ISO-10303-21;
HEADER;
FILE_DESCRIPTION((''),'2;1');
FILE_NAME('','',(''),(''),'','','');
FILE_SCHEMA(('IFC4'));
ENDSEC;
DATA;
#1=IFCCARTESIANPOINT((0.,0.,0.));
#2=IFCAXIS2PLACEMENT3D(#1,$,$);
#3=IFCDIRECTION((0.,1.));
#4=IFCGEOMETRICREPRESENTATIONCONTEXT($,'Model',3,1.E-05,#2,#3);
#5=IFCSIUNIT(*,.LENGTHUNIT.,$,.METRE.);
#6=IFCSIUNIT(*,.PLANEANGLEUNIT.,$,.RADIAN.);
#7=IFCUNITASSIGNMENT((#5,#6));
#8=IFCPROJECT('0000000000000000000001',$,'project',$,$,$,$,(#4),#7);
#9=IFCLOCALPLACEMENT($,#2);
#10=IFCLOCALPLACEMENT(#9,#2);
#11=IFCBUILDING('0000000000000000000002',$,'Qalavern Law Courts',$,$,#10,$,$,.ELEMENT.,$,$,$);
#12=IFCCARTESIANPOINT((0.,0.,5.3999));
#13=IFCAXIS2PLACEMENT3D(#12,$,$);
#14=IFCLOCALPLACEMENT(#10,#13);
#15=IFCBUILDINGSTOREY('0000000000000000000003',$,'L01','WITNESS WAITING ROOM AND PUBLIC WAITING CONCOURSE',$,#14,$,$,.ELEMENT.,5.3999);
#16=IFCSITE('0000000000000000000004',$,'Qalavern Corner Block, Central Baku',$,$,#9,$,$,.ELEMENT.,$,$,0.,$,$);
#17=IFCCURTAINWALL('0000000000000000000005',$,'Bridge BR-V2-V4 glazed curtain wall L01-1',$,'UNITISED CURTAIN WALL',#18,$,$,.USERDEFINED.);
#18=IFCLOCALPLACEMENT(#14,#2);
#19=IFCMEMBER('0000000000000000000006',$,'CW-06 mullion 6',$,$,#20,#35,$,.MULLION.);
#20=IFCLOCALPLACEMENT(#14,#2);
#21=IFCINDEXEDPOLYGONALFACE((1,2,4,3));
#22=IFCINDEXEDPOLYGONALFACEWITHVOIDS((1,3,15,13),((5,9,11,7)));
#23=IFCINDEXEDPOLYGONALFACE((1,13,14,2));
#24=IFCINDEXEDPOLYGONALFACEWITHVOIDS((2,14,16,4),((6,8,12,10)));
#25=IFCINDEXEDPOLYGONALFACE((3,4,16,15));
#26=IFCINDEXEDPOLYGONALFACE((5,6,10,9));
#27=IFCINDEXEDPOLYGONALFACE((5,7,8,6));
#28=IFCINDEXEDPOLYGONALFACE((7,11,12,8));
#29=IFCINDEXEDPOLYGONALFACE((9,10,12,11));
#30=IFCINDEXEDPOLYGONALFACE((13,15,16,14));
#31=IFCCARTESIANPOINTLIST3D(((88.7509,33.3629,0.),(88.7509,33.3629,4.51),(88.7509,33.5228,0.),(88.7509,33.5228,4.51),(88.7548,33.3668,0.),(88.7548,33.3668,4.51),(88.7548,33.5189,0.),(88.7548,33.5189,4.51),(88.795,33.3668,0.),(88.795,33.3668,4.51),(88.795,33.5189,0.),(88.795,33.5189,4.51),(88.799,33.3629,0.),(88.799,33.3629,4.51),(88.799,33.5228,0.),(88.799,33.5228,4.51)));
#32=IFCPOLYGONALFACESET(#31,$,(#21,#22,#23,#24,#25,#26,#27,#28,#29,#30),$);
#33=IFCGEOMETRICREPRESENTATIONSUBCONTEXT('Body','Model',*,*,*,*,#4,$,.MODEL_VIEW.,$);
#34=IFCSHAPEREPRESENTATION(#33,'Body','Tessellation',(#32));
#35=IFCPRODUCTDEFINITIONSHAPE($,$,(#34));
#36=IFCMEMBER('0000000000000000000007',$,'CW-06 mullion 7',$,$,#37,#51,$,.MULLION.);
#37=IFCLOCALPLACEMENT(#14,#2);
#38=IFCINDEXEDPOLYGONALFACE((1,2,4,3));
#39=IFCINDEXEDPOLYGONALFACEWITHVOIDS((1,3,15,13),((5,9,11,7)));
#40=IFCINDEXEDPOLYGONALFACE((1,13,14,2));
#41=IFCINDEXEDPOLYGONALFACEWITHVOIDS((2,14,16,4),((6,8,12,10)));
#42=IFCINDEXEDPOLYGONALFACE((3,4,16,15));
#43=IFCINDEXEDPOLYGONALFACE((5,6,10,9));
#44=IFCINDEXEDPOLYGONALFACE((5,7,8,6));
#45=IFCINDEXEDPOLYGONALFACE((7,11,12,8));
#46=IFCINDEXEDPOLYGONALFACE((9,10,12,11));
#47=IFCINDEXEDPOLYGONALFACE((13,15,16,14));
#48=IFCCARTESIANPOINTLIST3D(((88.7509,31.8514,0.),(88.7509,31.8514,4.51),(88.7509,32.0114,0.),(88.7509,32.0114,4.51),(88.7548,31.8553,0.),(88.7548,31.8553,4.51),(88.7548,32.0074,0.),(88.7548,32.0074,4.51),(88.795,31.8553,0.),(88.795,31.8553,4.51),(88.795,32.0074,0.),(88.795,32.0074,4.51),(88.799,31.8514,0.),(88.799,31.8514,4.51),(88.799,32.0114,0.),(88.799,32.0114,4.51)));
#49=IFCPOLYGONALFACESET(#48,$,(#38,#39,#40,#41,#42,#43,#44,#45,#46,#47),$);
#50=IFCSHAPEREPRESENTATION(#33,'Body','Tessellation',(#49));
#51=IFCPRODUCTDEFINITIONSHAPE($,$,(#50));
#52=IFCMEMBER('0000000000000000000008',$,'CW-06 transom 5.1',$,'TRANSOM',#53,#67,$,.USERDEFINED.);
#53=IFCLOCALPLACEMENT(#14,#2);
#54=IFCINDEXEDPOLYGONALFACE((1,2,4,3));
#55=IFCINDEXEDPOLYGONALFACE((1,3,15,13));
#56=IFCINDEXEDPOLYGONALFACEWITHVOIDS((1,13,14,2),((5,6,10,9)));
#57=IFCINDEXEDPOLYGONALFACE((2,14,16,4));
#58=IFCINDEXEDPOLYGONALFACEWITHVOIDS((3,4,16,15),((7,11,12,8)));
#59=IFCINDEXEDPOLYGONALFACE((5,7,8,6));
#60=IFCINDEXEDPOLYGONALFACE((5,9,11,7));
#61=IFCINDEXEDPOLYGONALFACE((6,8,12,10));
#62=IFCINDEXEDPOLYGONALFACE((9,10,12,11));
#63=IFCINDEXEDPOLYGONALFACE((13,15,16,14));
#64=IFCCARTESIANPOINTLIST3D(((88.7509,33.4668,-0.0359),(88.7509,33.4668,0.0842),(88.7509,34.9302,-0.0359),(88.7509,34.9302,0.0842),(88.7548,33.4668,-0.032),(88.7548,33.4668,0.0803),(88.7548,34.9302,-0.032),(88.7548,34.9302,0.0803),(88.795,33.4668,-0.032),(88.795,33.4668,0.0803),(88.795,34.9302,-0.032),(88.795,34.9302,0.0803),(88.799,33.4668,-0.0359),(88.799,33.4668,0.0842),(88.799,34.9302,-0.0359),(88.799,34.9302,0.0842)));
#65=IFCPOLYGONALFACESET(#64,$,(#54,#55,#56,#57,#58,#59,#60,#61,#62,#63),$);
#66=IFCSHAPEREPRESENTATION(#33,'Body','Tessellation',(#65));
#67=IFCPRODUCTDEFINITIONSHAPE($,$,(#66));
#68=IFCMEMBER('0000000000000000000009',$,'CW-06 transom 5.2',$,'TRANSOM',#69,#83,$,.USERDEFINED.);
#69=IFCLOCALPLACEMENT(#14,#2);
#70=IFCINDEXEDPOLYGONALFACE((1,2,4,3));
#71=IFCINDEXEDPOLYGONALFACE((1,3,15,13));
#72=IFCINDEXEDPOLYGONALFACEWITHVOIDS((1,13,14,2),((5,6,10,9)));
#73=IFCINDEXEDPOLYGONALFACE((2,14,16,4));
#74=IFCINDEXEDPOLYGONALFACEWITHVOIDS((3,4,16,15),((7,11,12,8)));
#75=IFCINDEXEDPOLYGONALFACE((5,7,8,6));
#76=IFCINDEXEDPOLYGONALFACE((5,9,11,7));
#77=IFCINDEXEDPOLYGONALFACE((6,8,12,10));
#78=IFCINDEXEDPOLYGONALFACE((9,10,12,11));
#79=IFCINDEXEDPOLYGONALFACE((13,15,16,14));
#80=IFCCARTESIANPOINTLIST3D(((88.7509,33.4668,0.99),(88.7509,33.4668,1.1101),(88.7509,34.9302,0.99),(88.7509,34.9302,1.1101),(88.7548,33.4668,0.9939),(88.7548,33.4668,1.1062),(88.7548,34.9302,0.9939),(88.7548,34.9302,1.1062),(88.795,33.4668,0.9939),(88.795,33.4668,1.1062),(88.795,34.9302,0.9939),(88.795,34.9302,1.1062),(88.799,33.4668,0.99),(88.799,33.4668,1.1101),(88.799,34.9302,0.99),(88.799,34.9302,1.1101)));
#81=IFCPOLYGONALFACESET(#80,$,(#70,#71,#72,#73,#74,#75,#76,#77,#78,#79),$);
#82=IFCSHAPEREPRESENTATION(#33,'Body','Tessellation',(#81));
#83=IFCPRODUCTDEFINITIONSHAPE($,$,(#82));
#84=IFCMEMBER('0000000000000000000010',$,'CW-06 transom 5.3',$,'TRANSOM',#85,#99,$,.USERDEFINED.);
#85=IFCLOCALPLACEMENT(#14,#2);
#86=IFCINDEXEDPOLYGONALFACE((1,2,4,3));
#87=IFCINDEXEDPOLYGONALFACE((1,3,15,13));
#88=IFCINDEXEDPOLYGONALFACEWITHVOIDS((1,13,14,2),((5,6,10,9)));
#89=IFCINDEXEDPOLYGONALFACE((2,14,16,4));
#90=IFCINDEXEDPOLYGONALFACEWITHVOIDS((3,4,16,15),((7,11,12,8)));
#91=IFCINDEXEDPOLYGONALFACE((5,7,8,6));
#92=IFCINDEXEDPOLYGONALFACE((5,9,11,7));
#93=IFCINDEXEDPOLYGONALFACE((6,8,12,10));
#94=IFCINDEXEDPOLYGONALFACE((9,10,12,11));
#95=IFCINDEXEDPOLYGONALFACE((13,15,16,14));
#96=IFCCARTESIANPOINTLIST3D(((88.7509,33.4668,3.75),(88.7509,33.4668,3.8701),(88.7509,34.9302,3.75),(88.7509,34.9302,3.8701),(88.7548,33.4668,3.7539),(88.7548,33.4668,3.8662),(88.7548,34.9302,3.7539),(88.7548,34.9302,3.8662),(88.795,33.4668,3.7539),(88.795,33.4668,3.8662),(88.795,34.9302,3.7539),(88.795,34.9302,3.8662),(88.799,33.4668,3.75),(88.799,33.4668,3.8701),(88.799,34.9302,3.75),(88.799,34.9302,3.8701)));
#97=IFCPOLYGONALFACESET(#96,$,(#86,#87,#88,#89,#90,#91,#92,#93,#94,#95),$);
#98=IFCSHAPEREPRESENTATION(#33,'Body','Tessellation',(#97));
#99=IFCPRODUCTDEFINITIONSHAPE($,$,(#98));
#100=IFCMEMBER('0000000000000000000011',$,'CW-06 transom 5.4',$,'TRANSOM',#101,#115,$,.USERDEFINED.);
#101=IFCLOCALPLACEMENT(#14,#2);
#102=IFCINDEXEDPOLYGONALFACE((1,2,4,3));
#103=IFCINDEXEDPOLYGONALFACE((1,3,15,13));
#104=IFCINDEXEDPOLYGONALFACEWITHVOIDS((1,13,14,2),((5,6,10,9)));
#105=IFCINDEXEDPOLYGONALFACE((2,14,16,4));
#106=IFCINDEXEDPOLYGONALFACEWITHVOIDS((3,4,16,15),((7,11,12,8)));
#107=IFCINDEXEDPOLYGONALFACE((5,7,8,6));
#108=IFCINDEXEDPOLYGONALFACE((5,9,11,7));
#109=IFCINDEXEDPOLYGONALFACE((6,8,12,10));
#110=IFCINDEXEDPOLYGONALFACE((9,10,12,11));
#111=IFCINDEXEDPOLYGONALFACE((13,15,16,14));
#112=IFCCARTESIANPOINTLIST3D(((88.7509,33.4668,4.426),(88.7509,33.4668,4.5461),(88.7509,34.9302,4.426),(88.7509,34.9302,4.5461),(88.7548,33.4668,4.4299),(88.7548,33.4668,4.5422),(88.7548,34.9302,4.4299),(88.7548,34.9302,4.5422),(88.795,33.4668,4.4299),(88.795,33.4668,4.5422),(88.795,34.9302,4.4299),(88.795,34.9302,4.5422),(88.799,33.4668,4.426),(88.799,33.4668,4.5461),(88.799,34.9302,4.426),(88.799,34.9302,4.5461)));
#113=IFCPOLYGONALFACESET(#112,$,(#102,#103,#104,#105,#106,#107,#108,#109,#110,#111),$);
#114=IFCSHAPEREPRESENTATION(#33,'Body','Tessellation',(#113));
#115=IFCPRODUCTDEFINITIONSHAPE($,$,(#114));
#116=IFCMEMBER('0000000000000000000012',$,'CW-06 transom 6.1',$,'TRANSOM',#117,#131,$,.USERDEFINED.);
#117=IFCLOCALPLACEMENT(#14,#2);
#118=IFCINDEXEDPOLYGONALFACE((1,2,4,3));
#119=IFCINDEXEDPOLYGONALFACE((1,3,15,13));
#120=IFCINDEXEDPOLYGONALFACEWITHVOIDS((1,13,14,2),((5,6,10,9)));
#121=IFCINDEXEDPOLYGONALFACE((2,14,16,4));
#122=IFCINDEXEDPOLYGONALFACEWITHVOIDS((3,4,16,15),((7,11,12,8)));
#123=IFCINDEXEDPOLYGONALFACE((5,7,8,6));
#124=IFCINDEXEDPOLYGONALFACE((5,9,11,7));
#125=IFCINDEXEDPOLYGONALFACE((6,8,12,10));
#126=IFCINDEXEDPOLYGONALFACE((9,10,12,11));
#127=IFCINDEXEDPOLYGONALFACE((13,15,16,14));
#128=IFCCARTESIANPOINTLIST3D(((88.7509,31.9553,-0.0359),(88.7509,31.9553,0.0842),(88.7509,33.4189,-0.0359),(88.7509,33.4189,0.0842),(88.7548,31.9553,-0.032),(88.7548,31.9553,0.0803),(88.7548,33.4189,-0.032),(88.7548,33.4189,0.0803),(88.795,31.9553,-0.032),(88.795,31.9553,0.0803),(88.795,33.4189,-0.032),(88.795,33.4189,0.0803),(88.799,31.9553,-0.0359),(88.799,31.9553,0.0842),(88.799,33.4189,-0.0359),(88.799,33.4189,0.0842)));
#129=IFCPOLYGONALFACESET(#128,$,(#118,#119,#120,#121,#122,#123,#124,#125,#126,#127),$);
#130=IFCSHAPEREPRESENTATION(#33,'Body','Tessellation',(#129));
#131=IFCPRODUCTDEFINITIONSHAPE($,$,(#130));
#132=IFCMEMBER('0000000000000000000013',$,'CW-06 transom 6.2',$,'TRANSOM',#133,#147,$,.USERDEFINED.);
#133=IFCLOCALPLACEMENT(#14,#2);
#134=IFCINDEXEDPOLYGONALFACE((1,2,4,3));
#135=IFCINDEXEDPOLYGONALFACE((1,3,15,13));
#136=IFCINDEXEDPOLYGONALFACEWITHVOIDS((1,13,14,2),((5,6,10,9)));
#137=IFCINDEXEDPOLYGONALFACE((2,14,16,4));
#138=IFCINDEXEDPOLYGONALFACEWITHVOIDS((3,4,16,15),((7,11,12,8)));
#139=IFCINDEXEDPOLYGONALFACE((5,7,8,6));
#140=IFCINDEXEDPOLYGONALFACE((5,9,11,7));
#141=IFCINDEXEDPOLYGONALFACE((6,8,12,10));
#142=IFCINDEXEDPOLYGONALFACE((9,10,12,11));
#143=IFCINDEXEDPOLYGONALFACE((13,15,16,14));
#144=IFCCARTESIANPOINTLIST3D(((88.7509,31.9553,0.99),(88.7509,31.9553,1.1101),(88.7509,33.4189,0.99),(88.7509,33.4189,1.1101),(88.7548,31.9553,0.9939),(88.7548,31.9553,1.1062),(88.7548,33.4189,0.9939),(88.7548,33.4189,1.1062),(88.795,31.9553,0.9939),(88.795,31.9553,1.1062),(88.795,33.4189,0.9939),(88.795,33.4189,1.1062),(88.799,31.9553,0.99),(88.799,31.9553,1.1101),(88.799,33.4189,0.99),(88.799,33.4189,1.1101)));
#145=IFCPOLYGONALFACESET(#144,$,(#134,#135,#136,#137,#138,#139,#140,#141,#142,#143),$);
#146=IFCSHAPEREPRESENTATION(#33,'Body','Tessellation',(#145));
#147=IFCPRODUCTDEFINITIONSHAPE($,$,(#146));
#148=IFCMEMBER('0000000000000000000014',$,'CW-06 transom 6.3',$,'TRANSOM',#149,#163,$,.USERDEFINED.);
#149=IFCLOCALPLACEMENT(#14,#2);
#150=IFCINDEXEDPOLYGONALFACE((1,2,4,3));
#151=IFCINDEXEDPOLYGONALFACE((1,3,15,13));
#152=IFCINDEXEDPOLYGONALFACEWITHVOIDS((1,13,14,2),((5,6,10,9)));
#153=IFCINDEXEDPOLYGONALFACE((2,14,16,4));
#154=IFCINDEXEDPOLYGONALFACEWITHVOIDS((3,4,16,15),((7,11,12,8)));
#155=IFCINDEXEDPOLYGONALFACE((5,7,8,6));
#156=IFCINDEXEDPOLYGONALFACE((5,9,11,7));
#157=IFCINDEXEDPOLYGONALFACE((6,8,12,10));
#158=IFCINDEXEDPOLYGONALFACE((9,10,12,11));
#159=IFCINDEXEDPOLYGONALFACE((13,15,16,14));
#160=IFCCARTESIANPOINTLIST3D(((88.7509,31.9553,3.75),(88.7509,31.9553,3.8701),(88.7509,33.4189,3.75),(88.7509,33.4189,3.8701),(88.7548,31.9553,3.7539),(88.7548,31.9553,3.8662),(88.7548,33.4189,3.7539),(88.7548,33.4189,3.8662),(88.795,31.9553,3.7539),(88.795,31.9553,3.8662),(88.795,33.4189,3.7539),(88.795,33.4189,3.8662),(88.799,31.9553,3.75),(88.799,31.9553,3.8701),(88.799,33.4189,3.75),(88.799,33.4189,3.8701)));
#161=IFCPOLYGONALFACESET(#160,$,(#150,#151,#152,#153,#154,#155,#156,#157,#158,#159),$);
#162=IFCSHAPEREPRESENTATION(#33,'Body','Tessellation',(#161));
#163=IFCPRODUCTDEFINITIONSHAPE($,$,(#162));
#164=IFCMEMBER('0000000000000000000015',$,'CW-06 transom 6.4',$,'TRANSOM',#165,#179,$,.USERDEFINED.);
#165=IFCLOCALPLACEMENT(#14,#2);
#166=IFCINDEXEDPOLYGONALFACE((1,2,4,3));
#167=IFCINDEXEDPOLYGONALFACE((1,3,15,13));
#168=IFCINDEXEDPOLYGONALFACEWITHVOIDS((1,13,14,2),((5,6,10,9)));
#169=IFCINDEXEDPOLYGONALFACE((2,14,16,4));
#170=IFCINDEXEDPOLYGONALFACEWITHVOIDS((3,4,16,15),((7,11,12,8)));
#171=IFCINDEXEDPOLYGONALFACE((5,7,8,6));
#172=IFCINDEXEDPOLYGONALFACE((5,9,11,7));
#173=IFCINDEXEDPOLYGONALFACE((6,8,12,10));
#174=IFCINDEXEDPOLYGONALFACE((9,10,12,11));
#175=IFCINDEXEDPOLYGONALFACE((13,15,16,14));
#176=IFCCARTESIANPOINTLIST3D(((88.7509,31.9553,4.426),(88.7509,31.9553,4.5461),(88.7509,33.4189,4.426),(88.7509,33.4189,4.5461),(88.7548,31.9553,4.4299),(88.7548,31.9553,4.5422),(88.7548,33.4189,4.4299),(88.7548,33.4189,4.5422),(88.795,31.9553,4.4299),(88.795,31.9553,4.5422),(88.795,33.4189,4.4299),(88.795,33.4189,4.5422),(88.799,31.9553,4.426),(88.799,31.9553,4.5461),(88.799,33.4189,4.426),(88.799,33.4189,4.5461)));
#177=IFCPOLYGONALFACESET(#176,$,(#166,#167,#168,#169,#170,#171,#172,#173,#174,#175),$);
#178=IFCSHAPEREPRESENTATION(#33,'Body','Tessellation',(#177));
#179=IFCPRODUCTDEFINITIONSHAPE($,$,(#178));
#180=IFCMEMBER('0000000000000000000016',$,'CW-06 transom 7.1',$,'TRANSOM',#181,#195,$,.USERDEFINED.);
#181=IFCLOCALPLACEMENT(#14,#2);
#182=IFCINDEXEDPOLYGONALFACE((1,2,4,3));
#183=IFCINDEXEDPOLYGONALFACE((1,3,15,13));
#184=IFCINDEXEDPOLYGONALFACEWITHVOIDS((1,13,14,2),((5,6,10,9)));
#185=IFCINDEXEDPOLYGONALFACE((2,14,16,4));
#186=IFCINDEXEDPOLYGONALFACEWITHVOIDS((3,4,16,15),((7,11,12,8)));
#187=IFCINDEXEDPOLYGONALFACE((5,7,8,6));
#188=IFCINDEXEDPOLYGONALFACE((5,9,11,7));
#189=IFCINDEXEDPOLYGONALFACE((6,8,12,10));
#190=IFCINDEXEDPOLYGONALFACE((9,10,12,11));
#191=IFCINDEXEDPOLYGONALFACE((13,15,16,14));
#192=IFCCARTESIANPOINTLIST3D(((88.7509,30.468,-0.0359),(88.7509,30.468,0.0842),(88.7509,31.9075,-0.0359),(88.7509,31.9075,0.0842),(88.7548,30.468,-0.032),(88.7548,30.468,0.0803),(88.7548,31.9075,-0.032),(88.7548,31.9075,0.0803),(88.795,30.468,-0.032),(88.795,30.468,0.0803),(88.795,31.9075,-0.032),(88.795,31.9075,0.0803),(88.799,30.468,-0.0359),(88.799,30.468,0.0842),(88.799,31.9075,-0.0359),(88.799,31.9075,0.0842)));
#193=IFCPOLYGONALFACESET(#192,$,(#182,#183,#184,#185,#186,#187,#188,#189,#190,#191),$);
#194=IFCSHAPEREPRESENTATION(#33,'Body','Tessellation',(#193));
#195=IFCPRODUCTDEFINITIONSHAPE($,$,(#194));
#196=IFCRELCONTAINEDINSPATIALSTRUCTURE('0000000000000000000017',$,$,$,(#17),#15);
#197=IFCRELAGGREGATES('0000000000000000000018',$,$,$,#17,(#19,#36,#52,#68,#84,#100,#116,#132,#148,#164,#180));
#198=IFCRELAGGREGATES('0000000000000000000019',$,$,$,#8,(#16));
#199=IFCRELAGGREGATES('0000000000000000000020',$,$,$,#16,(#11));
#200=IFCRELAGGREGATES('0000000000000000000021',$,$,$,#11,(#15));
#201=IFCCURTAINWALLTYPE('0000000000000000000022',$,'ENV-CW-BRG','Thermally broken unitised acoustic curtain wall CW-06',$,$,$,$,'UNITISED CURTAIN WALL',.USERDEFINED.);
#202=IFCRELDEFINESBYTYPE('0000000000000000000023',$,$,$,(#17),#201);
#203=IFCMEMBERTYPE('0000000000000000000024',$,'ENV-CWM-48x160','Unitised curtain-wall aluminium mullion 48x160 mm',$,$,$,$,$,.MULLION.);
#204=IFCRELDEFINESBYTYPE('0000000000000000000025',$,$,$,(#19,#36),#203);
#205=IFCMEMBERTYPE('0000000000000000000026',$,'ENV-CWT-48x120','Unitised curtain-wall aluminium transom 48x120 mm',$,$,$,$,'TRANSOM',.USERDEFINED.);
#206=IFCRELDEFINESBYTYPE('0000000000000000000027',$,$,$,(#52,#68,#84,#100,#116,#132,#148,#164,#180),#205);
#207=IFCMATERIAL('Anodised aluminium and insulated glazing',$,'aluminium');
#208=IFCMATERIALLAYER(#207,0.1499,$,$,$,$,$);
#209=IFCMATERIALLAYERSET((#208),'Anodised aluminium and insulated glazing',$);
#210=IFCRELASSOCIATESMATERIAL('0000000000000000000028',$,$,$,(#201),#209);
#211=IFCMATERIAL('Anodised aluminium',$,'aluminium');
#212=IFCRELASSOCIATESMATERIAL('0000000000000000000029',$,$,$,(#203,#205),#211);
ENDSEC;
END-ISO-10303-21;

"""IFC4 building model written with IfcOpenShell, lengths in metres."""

from ifc_helpers import new_model, si_unit, direction, frame, origin, origin_2d, place, context, subcontext, project, spatial, hollow_rectangle, extrude, material, layer, layer_set, material_profile, profile_set, type_object, element, aggregate, save


model = new_model("IFC4")

# Units and contexts
model_context = context("Model", 3, precision=1e-05, world=origin(), true_north=direction((0.0, 1.0)))
body_context = subcontext(model_context, "Body", "Model", "MODEL_VIEW")
ifc_project = project(units=[si_unit("LENGTHUNIT", "METRE"), si_unit("PLANEANGLEUNIT", "RADIAN")], contexts=[model_context])

# Site, building, storey
site_placement = place(None, origin())
site = spatial("IfcSite", under=ifc_project, at=site_placement, Name="Qalavern Corner Block, Central Baku", CompositionType="ELEMENT", RefElevation=0.0)
building_placement = place(site_placement, origin())
building = spatial("IfcBuilding", under=site, at=building_placement, Name="Qalavern Law Courts", CompositionType="ELEMENT")
storey_placement = place(building_placement, frame((0.0, 0.0, 5.3999)))
storey = spatial("IfcBuildingStorey", under=building, at=storey_placement, Name="L01", Description="WITNESS WAITING ROOM AND PUBLIC WAITING CONCOURSE", CompositionType="ELEMENT", Elevation=5.3999)

# Curtain wall, members
ifc_material_1 = material(Name="Anodised aluminium and insulated glazing", Category="aluminium")
ifc_layer_1 = layer(ifc_material_1, 0.1499)
ifc_layer_set_1 = layer_set([ifc_layer_1], Name="Anodised aluminium and insulated glazing")
curtain_wall_type = type_object("IfcCurtainWallType", Name="ENV-CW-BRG", Description="Thermally broken unitised acoustic curtain wall CW-06", ElementType="UNITISED CURTAIN WALL", PredefinedType="USERDEFINED", material=ifc_layer_set_1)
curtain_wall_placement = place(storey_placement, origin())
curtain_wall = element("IfcCurtainWall", 1, at=curtain_wall_placement, inside=storey, type_object=curtain_wall_type, Name="Bridge BR-V2-V4 glazed curtain wall L01-1", ObjectType="UNITISED CURTAIN WALL", PredefinedType="USERDEFINED")
ifc_material_2 = material(Name="Anodised aluminium", Category="aluminium")
ifc_material_profile_1 = material_profile(ifc_material_2, hollow_rectangle(XDim=0.0481, YDim=0.1599, WallThickness=0.0039, at=origin_2d()), Name="ALU MULLION 48x160")
ifc_profile_set_1 = profile_set([ifc_material_profile_1], Name="Anodised aluminium")
member_type_1 = type_object("IfcMemberType", Name="ENV-CWM-48x160", Description="Unitised curtain-wall aluminium mullion 48x160 mm", PredefinedType="MULLION", material=ifc_profile_set_1)
member_1_placement = place(storey_placement, frame((88.7749, 33.4429, 0.0), z_axis=(0.0, 0.0, 1.0), x_axis=(1.0, 0.0, 0.0)))
member_1 = element("IfcMember", 2, at=member_1_placement, type_object=member_type_1, Name="CW-06 mullion 6", PredefinedType="MULLION", context=body_context, shape_type="SweptSolid", body=[
    extrude(hollow_rectangle(XDim=0.0481, YDim=0.1599, WallThickness=0.0039, at=origin_2d()), origin(), (0.0, 0.0, 1.0), 4.51),
])
member_2_placement = place(storey_placement, frame((88.7749, 31.9314, 0.0), z_axis=(0.0, 0.0, 1.0), x_axis=(1.0, 0.0, 0.0)))
member_2 = element("IfcMember", 3, at=member_2_placement, type_object=member_type_1, Name="CW-06 mullion 7", PredefinedType="MULLION", context=body_context, shape_type="SweptSolid", body=[
    extrude(hollow_rectangle(XDim=0.0481, YDim=0.1599, WallThickness=0.0039, at=origin_2d()), origin(), (0.0, 0.0, 1.0), 4.51),
])
ifc_material_profile_2 = material_profile(ifc_material_2, hollow_rectangle(XDim=0.0481, YDim=0.1201, WallThickness=0.0039, at=origin_2d()), Name="ALU TRANSOM 48x120")
ifc_profile_set_2 = profile_set([ifc_material_profile_2], Name="Anodised aluminium")
member_type_2 = type_object("IfcMemberType", Name="ENV-CWT-48x120", Description="Unitised curtain-wall aluminium transom 48x120 mm", ElementType="TRANSOM", PredefinedType="USERDEFINED", material=ifc_profile_set_2)
member_3_placement = place(storey_placement, frame((88.7749, 34.9302, 0.0242), z_axis=(0.0, -1.0, 0.0), x_axis=(1.0, 0.0, 0.0)))
member_3 = element("IfcMember", 4, at=member_3_placement, type_object=member_type_2, Name="CW-06 transom 5.1", ObjectType="TRANSOM", PredefinedType="USERDEFINED", context=body_context, shape_type="SweptSolid", body=[
    extrude(hollow_rectangle(XDim=0.0481, YDim=0.1201, WallThickness=0.0039, at=origin_2d()), origin(), (0.0, 0.0, 1.0), 1.4634),
])
member_4_placement = place(storey_placement, frame((88.7749, 34.9302, 1.05), z_axis=(0.0, -1.0, 0.0), x_axis=(1.0, 0.0, 0.0)))
member_4 = element("IfcMember", 5, at=member_4_placement, type_object=member_type_2, Name="CW-06 transom 5.2", ObjectType="TRANSOM", PredefinedType="USERDEFINED", context=body_context, shape_type="SweptSolid", body=[
    extrude(hollow_rectangle(XDim=0.0481, YDim=0.1201, WallThickness=0.0039, at=origin_2d()), origin(), (0.0, 0.0, 1.0), 1.4634),
])
member_5_placement = place(storey_placement, frame((88.7749, 34.9302, 3.8101), z_axis=(0.0, -1.0, 0.0), x_axis=(1.0, 0.0, 0.0)))
member_5 = element("IfcMember", 6, at=member_5_placement, type_object=member_type_2, Name="CW-06 transom 5.3", ObjectType="TRANSOM", PredefinedType="USERDEFINED", context=body_context, shape_type="SweptSolid", body=[
    extrude(hollow_rectangle(XDim=0.0481, YDim=0.1201, WallThickness=0.0039, at=origin_2d()), origin(), (0.0, 0.0, 1.0), 1.4634),
])
member_6_placement = place(storey_placement, frame((88.7749, 34.9302, 4.4861), z_axis=(0.0, -1.0, 0.0), x_axis=(1.0, 0.0, 0.0)))
member_6 = element("IfcMember", 7, at=member_6_placement, type_object=member_type_2, Name="CW-06 transom 5.4", ObjectType="TRANSOM", PredefinedType="USERDEFINED", context=body_context, shape_type="SweptSolid", body=[
    extrude(hollow_rectangle(XDim=0.0481, YDim=0.1201, WallThickness=0.0039, at=origin_2d()), origin(), (0.0, 0.0, 1.0), 1.4634),
])
member_7_placement = place(storey_placement, frame((88.7749, 33.4189, 0.0242), z_axis=(0.0, -1.0, 0.0), x_axis=(1.0, 0.0, 0.0)))
member_7 = element("IfcMember", 8, at=member_7_placement, type_object=member_type_2, Name="CW-06 transom 6.1", ObjectType="TRANSOM", PredefinedType="USERDEFINED", context=body_context, shape_type="SweptSolid", body=[
    extrude(hollow_rectangle(XDim=0.0481, YDim=0.1201, WallThickness=0.0039, at=origin_2d()), origin(), (0.0, 0.0, 1.0), 1.4636),
])
member_8_placement = place(storey_placement, frame((88.7749, 33.4189, 1.05), z_axis=(0.0, -1.0, 0.0), x_axis=(1.0, 0.0, 0.0)))
member_8 = element("IfcMember", 9, at=member_8_placement, type_object=member_type_2, Name="CW-06 transom 6.2", ObjectType="TRANSOM", PredefinedType="USERDEFINED", context=body_context, shape_type="SweptSolid", body=[
    extrude(hollow_rectangle(XDim=0.0481, YDim=0.1201, WallThickness=0.0039, at=origin_2d()), origin(), (0.0, 0.0, 1.0), 1.4636),
])
member_9_placement = place(storey_placement, frame((88.7749, 33.4189, 3.8101), z_axis=(0.0, -1.0, 0.0), x_axis=(1.0, 0.0, 0.0)))
member_9 = element("IfcMember", 10, at=member_9_placement, type_object=member_type_2, Name="CW-06 transom 6.3", ObjectType="TRANSOM", PredefinedType="USERDEFINED", context=body_context, shape_type="SweptSolid", body=[
    extrude(hollow_rectangle(XDim=0.0481, YDim=0.1201, WallThickness=0.0039, at=origin_2d()), origin(), (0.0, 0.0, 1.0), 1.4636),
])
member_10_placement = place(storey_placement, frame((88.7749, 33.4189, 4.4861), z_axis=(0.0, -1.0, 0.0), x_axis=(1.0, 0.0, 0.0)))
member_10 = element("IfcMember", 11, at=member_10_placement, type_object=member_type_2, Name="CW-06 transom 6.4", ObjectType="TRANSOM", PredefinedType="USERDEFINED", context=body_context, shape_type="SweptSolid", body=[
    extrude(hollow_rectangle(XDim=0.0481, YDim=0.1201, WallThickness=0.0039, at=origin_2d()), origin(), (0.0, 0.0, 1.0), 1.4636),
])
member_11_placement = place(storey_placement, frame((88.7749, 31.9075, 0.0242), z_axis=(0.0, -1.0, 0.0), x_axis=(1.0, 0.0, 0.0)))
member_11 = element("IfcMember", 12, at=member_11_placement, type_object=member_type_2, Name="CW-06 transom 7.1", ObjectType="TRANSOM", PredefinedType="USERDEFINED", context=body_context, shape_type="SweptSolid", body=[
    extrude(hollow_rectangle(XDim=0.0481, YDim=0.1201, WallThickness=0.0039, at=origin_2d()), origin(), (0.0, 0.0, 1.0), 1.4395),
])
aggregate(curtain_wall, [member_1, member_2, member_3, member_4, member_5, member_6, member_7, member_8, member_9, member_10, member_11])

save(model, "model.ifc")
